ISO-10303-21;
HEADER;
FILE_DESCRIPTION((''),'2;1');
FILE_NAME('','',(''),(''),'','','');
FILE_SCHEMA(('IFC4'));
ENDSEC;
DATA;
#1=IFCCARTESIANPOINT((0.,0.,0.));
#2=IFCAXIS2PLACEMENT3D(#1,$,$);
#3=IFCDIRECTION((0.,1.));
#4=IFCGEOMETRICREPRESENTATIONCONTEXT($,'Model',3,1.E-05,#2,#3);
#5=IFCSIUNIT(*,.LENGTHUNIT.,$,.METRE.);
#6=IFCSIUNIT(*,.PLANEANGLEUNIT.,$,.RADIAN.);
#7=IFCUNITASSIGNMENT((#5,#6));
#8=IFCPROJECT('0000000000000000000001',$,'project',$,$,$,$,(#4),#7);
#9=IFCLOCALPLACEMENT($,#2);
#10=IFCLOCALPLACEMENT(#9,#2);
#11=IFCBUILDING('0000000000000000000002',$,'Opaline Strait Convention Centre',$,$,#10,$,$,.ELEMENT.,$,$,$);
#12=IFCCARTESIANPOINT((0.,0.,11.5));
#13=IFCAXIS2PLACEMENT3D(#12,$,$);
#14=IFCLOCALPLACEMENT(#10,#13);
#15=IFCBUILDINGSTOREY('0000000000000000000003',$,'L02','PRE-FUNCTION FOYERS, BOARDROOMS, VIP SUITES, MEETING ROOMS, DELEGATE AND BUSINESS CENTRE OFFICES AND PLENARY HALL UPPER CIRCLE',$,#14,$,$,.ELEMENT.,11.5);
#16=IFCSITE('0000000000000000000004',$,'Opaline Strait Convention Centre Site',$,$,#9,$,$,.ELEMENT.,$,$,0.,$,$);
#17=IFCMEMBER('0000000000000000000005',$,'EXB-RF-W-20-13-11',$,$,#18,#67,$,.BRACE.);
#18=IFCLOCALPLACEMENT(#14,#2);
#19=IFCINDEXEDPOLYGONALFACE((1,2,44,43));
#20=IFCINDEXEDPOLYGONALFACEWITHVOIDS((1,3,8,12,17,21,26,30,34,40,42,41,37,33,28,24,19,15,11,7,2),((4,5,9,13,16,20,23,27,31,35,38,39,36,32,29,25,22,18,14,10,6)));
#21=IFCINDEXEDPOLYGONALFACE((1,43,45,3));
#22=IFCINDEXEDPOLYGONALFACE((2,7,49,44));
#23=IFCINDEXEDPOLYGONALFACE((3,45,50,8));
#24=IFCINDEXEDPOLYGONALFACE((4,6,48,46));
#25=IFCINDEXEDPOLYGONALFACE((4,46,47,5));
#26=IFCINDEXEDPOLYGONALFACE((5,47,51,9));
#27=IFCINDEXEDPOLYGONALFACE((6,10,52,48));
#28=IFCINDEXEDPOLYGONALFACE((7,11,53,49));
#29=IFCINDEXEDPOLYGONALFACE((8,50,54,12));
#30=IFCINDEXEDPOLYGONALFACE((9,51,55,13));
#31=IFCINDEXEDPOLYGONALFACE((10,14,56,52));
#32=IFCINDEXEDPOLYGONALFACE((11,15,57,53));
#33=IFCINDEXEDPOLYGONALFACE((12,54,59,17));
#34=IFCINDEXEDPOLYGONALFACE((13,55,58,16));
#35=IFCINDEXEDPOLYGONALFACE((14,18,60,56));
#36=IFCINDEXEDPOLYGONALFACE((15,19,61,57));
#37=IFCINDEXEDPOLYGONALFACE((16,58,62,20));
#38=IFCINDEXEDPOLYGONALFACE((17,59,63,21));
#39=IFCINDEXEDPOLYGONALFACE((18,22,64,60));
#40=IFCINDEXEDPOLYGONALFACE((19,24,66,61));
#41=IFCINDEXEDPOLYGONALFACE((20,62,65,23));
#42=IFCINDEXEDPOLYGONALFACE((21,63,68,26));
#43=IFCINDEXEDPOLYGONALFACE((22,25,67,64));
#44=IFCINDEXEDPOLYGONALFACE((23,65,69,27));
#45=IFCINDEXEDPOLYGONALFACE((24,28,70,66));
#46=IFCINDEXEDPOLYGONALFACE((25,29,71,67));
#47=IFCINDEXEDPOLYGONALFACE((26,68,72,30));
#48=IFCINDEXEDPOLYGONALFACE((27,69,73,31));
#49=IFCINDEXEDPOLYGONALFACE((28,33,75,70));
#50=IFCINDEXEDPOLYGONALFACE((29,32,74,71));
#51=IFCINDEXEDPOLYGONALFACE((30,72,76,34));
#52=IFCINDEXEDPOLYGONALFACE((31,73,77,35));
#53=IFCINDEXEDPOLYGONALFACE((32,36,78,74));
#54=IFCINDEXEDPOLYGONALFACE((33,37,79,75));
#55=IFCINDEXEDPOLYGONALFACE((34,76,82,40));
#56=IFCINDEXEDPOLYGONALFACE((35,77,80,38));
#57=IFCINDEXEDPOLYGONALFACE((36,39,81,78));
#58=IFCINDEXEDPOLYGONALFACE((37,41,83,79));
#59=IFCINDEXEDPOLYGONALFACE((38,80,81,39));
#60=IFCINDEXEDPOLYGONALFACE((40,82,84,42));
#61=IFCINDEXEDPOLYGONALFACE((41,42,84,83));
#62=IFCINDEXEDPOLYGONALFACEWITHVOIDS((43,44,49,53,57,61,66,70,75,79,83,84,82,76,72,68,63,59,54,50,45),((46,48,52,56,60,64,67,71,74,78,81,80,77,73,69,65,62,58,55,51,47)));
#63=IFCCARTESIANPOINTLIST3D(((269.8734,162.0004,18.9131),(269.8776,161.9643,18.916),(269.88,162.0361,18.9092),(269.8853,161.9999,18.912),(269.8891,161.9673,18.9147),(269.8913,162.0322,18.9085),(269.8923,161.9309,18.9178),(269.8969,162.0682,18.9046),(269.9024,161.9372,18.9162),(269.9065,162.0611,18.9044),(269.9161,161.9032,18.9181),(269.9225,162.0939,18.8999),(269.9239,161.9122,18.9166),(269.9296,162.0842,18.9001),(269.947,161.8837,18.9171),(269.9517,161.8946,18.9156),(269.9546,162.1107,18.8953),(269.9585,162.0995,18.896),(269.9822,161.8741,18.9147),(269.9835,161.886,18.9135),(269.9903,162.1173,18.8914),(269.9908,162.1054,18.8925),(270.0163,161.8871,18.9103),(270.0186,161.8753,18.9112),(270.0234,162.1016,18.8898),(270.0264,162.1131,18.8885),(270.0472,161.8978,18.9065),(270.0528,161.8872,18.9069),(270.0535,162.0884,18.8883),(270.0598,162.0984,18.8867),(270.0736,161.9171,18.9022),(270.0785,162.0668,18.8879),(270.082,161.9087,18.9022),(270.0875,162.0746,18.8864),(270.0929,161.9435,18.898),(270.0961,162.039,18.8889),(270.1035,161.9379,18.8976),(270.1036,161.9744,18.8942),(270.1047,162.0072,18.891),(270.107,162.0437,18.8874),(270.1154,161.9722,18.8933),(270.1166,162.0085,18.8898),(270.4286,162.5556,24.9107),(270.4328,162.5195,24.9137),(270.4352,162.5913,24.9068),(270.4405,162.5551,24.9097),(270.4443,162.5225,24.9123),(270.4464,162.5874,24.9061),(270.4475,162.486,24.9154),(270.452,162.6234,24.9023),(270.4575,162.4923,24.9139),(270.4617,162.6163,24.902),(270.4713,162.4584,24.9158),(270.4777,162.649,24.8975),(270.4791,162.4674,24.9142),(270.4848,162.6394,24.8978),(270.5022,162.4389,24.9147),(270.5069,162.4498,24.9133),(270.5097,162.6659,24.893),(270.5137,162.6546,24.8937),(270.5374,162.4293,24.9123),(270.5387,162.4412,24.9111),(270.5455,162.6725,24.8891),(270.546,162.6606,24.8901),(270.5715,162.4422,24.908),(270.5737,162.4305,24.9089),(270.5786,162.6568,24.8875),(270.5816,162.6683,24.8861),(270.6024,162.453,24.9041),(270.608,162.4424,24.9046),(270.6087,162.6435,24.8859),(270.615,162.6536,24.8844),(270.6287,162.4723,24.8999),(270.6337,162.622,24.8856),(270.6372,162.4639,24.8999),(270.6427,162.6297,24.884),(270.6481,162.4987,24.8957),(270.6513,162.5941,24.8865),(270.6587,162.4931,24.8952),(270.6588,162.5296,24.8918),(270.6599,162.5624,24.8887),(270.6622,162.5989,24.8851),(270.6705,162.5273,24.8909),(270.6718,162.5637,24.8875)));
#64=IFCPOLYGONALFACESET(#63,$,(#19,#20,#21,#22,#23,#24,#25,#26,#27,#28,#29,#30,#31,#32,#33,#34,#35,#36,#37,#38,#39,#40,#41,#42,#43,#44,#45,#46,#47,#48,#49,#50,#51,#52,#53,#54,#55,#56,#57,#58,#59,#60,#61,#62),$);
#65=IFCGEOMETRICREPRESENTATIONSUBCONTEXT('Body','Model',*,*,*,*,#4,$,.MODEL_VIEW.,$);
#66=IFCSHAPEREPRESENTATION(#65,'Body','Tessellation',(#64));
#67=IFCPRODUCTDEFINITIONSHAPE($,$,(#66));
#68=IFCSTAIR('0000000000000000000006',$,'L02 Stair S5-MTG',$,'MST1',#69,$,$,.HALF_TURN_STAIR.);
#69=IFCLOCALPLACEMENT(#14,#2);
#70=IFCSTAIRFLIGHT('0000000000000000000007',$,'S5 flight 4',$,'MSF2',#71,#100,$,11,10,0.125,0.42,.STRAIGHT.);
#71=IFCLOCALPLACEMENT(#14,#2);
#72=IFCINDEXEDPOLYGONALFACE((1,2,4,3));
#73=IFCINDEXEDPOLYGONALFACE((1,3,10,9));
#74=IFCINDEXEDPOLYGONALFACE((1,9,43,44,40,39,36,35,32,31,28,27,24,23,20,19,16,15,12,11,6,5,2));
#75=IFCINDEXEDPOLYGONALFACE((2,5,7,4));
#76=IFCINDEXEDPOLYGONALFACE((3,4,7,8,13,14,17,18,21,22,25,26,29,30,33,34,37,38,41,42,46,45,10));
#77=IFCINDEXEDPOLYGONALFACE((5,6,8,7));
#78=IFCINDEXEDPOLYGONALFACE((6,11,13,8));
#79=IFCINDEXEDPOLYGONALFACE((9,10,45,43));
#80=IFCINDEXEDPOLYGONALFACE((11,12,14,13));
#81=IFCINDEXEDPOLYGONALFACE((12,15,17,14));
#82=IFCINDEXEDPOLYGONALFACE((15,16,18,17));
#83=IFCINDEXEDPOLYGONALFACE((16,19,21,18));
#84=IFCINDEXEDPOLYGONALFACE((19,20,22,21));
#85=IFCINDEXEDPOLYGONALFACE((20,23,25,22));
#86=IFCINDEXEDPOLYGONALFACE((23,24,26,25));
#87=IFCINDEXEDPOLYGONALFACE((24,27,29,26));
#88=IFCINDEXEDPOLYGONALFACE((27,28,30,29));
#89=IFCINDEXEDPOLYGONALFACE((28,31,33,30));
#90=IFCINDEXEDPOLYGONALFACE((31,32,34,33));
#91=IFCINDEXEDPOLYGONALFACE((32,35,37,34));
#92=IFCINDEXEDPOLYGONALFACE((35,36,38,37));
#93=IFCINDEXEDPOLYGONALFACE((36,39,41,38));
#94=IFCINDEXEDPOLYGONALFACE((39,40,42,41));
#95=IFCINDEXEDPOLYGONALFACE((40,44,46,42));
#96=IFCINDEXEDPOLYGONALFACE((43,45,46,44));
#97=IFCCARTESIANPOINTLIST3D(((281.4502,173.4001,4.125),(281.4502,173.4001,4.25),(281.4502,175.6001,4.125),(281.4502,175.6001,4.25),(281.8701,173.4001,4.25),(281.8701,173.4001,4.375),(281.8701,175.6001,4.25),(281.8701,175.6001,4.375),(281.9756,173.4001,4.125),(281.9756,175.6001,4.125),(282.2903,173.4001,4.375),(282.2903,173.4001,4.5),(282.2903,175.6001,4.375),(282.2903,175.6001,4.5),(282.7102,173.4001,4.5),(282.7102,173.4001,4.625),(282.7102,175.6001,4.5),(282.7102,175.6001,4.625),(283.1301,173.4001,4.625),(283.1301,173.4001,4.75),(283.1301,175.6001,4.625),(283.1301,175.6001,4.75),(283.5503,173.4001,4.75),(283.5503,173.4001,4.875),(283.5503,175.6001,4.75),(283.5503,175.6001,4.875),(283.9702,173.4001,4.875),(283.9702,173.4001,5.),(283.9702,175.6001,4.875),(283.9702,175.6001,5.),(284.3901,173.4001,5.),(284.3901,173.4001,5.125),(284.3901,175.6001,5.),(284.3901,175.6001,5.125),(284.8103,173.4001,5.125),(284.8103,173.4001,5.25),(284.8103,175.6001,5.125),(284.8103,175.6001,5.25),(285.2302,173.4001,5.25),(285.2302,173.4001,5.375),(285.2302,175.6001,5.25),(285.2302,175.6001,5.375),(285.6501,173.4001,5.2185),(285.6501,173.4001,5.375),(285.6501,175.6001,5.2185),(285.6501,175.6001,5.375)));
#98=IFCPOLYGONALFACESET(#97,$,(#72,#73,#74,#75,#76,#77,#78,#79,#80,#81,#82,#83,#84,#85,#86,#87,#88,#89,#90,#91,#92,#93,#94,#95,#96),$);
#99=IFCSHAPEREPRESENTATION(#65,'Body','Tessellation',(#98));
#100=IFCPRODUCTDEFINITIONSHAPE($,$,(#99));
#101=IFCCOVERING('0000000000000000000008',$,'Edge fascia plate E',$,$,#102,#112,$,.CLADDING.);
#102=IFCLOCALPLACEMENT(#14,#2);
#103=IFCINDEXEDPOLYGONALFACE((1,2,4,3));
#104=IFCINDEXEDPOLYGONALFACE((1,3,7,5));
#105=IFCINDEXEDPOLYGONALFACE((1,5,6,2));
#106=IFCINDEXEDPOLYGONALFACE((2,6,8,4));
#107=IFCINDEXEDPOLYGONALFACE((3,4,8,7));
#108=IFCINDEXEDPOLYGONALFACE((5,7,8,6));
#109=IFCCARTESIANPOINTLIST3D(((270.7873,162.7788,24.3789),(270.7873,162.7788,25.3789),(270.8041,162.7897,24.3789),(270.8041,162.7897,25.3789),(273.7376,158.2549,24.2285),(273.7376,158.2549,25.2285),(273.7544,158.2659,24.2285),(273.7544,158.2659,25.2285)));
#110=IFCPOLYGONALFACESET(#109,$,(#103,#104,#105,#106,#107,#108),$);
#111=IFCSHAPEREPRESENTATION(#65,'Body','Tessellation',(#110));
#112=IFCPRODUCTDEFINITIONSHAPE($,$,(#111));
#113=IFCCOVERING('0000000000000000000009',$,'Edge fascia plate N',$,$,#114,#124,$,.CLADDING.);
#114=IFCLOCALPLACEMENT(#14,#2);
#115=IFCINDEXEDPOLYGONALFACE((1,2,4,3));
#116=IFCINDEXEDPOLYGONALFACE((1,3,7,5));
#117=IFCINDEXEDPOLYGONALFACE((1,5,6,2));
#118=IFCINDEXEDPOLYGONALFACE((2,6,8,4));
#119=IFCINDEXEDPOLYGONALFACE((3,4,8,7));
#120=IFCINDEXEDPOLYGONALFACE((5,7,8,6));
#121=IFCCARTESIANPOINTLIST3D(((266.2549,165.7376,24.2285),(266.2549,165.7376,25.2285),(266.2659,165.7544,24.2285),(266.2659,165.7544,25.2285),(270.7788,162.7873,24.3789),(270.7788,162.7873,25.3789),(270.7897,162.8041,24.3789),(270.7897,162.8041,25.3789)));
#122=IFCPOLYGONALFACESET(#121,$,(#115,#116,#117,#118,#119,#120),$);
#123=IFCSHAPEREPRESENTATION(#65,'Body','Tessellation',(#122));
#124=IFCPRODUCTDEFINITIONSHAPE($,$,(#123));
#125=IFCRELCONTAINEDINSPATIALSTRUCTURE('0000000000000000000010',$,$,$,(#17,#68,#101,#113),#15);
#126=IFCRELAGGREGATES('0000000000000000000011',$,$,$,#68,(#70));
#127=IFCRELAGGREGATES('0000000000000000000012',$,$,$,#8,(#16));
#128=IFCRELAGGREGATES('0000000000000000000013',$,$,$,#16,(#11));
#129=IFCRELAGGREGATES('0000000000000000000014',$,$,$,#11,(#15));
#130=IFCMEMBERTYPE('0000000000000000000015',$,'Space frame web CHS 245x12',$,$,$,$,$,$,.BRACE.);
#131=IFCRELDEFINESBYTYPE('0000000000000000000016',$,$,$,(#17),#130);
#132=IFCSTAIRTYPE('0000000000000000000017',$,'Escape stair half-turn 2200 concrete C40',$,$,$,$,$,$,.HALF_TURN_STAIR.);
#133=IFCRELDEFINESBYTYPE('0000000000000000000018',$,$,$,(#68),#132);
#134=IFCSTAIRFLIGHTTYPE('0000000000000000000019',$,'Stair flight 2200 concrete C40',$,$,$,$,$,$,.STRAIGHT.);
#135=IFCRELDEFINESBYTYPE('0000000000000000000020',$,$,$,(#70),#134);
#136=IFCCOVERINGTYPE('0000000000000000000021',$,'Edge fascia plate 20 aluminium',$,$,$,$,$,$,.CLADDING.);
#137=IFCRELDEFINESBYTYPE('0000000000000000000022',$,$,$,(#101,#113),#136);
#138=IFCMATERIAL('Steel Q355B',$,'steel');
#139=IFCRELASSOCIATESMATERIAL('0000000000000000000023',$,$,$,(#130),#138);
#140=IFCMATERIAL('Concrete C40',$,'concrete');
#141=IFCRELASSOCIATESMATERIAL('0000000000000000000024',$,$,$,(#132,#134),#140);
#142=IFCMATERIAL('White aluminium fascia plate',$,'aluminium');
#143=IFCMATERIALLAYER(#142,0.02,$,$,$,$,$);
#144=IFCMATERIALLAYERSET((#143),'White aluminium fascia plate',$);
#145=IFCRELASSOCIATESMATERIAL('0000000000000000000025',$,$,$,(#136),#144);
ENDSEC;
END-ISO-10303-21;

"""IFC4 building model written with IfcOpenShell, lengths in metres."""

from ifc_helpers import new_model, si_unit, direction, frame, origin, origin_2d, place, context, subcontext, project, spatial, polyline, hollow_circle, outline, extrude, material, layer, layer_set, material_profile, profile_set, type_object, element, aggregate, save


model = new_model("IFC4")

# Units and contexts
model_context = context("Model", 3, precision=1e-05, world=origin(), true_north=direction((0.0, 1.0)))
body_context = subcontext(model_context, "Body", "Model", "MODEL_VIEW")
ifc_project = project(units=[si_unit("LENGTHUNIT", "METRE"), si_unit("PLANEANGLEUNIT", "RADIAN")], contexts=[model_context])

# Site, building, storey
site_placement = place(None, origin())
site = spatial("IfcSite", under=ifc_project, at=site_placement, Name="Opaline Strait Convention Centre Site", CompositionType="ELEMENT", RefElevation=0.0)
building_placement = place(site_placement, origin())
building = spatial("IfcBuilding", under=site, at=building_placement, Name="Opaline Strait Convention Centre", CompositionType="ELEMENT")
storey_placement = place(building_placement, frame((0.0, 0.0, 11.5)))
storey = spatial("IfcBuildingStorey", under=building, at=storey_placement, Name="L02", Description="PRE-FUNCTION FOYERS, BOARDROOMS, VIP SUITES, MEETING ROOMS, DELEGATE AND BUSINESS CENTRE OFFICES AND PLENARY HALL UPPER CIRCLE", CompositionType="ELEMENT", Elevation=11.5)

# Member
ifc_material_1 = material(Name="Steel Q355B", Category="steel")
ifc_material_profile_1 = material_profile(ifc_material_1, hollow_circle(Radius=0.1226, WallThickness=0.012, at=origin_2d()), Name="CHS 245x12")
ifc_profile_set_1 = profile_set([ifc_material_profile_1], Name="Steel Q355B")
member_type_1 = type_object("IfcMemberType", Name="Space frame web CHS 245x12", PredefinedType="BRACE", material=ifc_profile_set_1)
member_1_placement = place(storey_placement, frame((270.5505, 162.5505, 24.8999), z_axis=(-0.091784, -0.091784, -0.99154), x_axis=(0.707107, -0.707107, 0.0)))
element("IfcMember", 1, at=member_1_placement, inside=storey, type_object=member_type_1, Name="EXB-RF-W-20-13-11", PredefinedType="BRACE", context=body_context, shape_type="SweptSolid", body=[
    extrude(hollow_circle(Radius=0.1226, WallThickness=0.012, at=origin_2d()), origin(), (0.0, 0.0, 1.0), 6.0488),
])

# Stair, stair flight
ifc_material_2 = material(Name="Concrete C40", Category="concrete")
stair_type = type_object("IfcStairType", Name="Escape stair half-turn 2200 concrete C40", PredefinedType="HALF_TURN_STAIR", material=ifc_material_2)
stair_placement = place(storey_placement, origin())
stair = element("IfcStair", 2, at=stair_placement, inside=storey, type_object=stair_type, Name="L02 Stair S5-MTG", ObjectType="MST1", PredefinedType="HALF_TURN_STAIR")
stair_flight_type = type_object("IfcStairFlightType", Name="Stair flight 2200 concrete C40", PredefinedType="STRAIGHT", material=ifc_material_2)
stair_flight_placement = place(storey_placement, frame((281.4502, 174.5, 4.125), z_axis=(0.0, 0.0, 1.0), x_axis=(1.0, 0.0, 0.0)))
stair_flight = element("IfcStairFlight", 3, at=stair_flight_placement, type_object=stair_flight_type, Name="S5 flight 4", ObjectType="MSF2", NumberOfRisers=11, NumberOfTreads=10, PredefinedType="STRAIGHT", RiserHeight=0.125, TreadLength=0.42, context=body_context, shape_type="SweptSolid", body=[
    extrude(outline(polyline([(0.0, 0.0), (0.0, 0.125), (0.4199, 0.125), (0.4199, 0.25), (0.8401, 0.25), (0.8401, 0.375), (1.26, 0.375), (1.26, 0.5), (1.6799, 0.5), (1.6799, 0.625), (2.1001, 0.625), (2.1001, 0.75), (2.52, 0.75), (2.52, 0.875), (2.9399, 0.875), (2.9399, 1.0), (3.3601, 1.0), (3.3601, 1.125), (3.78, 1.125), (3.78, 1.25), (4.2, 1.25), (4.2, 1.375), (4.2, 1.0935), (0.5254, 0.0), (0.0, 0.0)])), frame((0.0, 1.1001, 0.0), z_axis=(0.0, -1.0, 0.0), x_axis=(1.0, 0.0, 0.0)), (0.0, 0.0, 1.0), 2.2),
])
aggregate(stair, [stair_flight])

# Coverings
ifc_material_3 = material(Name="White aluminium fascia plate", Category="aluminium")
ifc_layer = layer(ifc_material_3, 0.02)
ifc_layer_set = layer_set([ifc_layer], Name="White aluminium fascia plate")
covering_type = type_object("IfcCoveringType", Name="Edge fascia plate 20 aluminium", PredefinedType="CLADDING", material=ifc_layer_set)
covering_1_placement = place(storey_placement, frame((272.2625, 160.5168, 24.8037), z_axis=(0.837611, 0.546268, 0.0), x_axis=(-0.546268, 0.837611, 0.0)))
element("IfcCovering", 4, at=covering_1_placement, inside=storey, type_object=covering_type, Name="Edge fascia plate E", PredefinedType="CLADDING", context=body_context, shape_type="SweptSolid", body=[
    extrude(outline(polyline([(-2.7004, 0.4248), (2.7004, 0.5752), (2.7004, -0.4248), (-2.7004, -0.5752), (-2.7004, 0.4248)])), origin(), (0.0, 0.0, 1.0), 0.02),
])
covering_2_placement = place(storey_placement, frame((268.5168, 164.2625, 24.8037), z_axis=(0.546268, 0.837611, 0.0), x_axis=(-0.837611, 0.546268, 0.0)))
element("IfcCovering", 5, at=covering_2_placement, inside=storey, type_object=covering_type, Name="Edge fascia plate N", PredefinedType="CLADDING", context=body_context, shape_type="SweptSolid", body=[
    extrude(outline(polyline([(-2.7004, 0.5752), (2.7004, 0.4248), (2.7004, -0.5752), (-2.7004, -0.4248), (-2.7004, 0.5752)])), origin(), (0.0, 0.0, 1.0), 0.02),
])

save(model, "model.ifc")
